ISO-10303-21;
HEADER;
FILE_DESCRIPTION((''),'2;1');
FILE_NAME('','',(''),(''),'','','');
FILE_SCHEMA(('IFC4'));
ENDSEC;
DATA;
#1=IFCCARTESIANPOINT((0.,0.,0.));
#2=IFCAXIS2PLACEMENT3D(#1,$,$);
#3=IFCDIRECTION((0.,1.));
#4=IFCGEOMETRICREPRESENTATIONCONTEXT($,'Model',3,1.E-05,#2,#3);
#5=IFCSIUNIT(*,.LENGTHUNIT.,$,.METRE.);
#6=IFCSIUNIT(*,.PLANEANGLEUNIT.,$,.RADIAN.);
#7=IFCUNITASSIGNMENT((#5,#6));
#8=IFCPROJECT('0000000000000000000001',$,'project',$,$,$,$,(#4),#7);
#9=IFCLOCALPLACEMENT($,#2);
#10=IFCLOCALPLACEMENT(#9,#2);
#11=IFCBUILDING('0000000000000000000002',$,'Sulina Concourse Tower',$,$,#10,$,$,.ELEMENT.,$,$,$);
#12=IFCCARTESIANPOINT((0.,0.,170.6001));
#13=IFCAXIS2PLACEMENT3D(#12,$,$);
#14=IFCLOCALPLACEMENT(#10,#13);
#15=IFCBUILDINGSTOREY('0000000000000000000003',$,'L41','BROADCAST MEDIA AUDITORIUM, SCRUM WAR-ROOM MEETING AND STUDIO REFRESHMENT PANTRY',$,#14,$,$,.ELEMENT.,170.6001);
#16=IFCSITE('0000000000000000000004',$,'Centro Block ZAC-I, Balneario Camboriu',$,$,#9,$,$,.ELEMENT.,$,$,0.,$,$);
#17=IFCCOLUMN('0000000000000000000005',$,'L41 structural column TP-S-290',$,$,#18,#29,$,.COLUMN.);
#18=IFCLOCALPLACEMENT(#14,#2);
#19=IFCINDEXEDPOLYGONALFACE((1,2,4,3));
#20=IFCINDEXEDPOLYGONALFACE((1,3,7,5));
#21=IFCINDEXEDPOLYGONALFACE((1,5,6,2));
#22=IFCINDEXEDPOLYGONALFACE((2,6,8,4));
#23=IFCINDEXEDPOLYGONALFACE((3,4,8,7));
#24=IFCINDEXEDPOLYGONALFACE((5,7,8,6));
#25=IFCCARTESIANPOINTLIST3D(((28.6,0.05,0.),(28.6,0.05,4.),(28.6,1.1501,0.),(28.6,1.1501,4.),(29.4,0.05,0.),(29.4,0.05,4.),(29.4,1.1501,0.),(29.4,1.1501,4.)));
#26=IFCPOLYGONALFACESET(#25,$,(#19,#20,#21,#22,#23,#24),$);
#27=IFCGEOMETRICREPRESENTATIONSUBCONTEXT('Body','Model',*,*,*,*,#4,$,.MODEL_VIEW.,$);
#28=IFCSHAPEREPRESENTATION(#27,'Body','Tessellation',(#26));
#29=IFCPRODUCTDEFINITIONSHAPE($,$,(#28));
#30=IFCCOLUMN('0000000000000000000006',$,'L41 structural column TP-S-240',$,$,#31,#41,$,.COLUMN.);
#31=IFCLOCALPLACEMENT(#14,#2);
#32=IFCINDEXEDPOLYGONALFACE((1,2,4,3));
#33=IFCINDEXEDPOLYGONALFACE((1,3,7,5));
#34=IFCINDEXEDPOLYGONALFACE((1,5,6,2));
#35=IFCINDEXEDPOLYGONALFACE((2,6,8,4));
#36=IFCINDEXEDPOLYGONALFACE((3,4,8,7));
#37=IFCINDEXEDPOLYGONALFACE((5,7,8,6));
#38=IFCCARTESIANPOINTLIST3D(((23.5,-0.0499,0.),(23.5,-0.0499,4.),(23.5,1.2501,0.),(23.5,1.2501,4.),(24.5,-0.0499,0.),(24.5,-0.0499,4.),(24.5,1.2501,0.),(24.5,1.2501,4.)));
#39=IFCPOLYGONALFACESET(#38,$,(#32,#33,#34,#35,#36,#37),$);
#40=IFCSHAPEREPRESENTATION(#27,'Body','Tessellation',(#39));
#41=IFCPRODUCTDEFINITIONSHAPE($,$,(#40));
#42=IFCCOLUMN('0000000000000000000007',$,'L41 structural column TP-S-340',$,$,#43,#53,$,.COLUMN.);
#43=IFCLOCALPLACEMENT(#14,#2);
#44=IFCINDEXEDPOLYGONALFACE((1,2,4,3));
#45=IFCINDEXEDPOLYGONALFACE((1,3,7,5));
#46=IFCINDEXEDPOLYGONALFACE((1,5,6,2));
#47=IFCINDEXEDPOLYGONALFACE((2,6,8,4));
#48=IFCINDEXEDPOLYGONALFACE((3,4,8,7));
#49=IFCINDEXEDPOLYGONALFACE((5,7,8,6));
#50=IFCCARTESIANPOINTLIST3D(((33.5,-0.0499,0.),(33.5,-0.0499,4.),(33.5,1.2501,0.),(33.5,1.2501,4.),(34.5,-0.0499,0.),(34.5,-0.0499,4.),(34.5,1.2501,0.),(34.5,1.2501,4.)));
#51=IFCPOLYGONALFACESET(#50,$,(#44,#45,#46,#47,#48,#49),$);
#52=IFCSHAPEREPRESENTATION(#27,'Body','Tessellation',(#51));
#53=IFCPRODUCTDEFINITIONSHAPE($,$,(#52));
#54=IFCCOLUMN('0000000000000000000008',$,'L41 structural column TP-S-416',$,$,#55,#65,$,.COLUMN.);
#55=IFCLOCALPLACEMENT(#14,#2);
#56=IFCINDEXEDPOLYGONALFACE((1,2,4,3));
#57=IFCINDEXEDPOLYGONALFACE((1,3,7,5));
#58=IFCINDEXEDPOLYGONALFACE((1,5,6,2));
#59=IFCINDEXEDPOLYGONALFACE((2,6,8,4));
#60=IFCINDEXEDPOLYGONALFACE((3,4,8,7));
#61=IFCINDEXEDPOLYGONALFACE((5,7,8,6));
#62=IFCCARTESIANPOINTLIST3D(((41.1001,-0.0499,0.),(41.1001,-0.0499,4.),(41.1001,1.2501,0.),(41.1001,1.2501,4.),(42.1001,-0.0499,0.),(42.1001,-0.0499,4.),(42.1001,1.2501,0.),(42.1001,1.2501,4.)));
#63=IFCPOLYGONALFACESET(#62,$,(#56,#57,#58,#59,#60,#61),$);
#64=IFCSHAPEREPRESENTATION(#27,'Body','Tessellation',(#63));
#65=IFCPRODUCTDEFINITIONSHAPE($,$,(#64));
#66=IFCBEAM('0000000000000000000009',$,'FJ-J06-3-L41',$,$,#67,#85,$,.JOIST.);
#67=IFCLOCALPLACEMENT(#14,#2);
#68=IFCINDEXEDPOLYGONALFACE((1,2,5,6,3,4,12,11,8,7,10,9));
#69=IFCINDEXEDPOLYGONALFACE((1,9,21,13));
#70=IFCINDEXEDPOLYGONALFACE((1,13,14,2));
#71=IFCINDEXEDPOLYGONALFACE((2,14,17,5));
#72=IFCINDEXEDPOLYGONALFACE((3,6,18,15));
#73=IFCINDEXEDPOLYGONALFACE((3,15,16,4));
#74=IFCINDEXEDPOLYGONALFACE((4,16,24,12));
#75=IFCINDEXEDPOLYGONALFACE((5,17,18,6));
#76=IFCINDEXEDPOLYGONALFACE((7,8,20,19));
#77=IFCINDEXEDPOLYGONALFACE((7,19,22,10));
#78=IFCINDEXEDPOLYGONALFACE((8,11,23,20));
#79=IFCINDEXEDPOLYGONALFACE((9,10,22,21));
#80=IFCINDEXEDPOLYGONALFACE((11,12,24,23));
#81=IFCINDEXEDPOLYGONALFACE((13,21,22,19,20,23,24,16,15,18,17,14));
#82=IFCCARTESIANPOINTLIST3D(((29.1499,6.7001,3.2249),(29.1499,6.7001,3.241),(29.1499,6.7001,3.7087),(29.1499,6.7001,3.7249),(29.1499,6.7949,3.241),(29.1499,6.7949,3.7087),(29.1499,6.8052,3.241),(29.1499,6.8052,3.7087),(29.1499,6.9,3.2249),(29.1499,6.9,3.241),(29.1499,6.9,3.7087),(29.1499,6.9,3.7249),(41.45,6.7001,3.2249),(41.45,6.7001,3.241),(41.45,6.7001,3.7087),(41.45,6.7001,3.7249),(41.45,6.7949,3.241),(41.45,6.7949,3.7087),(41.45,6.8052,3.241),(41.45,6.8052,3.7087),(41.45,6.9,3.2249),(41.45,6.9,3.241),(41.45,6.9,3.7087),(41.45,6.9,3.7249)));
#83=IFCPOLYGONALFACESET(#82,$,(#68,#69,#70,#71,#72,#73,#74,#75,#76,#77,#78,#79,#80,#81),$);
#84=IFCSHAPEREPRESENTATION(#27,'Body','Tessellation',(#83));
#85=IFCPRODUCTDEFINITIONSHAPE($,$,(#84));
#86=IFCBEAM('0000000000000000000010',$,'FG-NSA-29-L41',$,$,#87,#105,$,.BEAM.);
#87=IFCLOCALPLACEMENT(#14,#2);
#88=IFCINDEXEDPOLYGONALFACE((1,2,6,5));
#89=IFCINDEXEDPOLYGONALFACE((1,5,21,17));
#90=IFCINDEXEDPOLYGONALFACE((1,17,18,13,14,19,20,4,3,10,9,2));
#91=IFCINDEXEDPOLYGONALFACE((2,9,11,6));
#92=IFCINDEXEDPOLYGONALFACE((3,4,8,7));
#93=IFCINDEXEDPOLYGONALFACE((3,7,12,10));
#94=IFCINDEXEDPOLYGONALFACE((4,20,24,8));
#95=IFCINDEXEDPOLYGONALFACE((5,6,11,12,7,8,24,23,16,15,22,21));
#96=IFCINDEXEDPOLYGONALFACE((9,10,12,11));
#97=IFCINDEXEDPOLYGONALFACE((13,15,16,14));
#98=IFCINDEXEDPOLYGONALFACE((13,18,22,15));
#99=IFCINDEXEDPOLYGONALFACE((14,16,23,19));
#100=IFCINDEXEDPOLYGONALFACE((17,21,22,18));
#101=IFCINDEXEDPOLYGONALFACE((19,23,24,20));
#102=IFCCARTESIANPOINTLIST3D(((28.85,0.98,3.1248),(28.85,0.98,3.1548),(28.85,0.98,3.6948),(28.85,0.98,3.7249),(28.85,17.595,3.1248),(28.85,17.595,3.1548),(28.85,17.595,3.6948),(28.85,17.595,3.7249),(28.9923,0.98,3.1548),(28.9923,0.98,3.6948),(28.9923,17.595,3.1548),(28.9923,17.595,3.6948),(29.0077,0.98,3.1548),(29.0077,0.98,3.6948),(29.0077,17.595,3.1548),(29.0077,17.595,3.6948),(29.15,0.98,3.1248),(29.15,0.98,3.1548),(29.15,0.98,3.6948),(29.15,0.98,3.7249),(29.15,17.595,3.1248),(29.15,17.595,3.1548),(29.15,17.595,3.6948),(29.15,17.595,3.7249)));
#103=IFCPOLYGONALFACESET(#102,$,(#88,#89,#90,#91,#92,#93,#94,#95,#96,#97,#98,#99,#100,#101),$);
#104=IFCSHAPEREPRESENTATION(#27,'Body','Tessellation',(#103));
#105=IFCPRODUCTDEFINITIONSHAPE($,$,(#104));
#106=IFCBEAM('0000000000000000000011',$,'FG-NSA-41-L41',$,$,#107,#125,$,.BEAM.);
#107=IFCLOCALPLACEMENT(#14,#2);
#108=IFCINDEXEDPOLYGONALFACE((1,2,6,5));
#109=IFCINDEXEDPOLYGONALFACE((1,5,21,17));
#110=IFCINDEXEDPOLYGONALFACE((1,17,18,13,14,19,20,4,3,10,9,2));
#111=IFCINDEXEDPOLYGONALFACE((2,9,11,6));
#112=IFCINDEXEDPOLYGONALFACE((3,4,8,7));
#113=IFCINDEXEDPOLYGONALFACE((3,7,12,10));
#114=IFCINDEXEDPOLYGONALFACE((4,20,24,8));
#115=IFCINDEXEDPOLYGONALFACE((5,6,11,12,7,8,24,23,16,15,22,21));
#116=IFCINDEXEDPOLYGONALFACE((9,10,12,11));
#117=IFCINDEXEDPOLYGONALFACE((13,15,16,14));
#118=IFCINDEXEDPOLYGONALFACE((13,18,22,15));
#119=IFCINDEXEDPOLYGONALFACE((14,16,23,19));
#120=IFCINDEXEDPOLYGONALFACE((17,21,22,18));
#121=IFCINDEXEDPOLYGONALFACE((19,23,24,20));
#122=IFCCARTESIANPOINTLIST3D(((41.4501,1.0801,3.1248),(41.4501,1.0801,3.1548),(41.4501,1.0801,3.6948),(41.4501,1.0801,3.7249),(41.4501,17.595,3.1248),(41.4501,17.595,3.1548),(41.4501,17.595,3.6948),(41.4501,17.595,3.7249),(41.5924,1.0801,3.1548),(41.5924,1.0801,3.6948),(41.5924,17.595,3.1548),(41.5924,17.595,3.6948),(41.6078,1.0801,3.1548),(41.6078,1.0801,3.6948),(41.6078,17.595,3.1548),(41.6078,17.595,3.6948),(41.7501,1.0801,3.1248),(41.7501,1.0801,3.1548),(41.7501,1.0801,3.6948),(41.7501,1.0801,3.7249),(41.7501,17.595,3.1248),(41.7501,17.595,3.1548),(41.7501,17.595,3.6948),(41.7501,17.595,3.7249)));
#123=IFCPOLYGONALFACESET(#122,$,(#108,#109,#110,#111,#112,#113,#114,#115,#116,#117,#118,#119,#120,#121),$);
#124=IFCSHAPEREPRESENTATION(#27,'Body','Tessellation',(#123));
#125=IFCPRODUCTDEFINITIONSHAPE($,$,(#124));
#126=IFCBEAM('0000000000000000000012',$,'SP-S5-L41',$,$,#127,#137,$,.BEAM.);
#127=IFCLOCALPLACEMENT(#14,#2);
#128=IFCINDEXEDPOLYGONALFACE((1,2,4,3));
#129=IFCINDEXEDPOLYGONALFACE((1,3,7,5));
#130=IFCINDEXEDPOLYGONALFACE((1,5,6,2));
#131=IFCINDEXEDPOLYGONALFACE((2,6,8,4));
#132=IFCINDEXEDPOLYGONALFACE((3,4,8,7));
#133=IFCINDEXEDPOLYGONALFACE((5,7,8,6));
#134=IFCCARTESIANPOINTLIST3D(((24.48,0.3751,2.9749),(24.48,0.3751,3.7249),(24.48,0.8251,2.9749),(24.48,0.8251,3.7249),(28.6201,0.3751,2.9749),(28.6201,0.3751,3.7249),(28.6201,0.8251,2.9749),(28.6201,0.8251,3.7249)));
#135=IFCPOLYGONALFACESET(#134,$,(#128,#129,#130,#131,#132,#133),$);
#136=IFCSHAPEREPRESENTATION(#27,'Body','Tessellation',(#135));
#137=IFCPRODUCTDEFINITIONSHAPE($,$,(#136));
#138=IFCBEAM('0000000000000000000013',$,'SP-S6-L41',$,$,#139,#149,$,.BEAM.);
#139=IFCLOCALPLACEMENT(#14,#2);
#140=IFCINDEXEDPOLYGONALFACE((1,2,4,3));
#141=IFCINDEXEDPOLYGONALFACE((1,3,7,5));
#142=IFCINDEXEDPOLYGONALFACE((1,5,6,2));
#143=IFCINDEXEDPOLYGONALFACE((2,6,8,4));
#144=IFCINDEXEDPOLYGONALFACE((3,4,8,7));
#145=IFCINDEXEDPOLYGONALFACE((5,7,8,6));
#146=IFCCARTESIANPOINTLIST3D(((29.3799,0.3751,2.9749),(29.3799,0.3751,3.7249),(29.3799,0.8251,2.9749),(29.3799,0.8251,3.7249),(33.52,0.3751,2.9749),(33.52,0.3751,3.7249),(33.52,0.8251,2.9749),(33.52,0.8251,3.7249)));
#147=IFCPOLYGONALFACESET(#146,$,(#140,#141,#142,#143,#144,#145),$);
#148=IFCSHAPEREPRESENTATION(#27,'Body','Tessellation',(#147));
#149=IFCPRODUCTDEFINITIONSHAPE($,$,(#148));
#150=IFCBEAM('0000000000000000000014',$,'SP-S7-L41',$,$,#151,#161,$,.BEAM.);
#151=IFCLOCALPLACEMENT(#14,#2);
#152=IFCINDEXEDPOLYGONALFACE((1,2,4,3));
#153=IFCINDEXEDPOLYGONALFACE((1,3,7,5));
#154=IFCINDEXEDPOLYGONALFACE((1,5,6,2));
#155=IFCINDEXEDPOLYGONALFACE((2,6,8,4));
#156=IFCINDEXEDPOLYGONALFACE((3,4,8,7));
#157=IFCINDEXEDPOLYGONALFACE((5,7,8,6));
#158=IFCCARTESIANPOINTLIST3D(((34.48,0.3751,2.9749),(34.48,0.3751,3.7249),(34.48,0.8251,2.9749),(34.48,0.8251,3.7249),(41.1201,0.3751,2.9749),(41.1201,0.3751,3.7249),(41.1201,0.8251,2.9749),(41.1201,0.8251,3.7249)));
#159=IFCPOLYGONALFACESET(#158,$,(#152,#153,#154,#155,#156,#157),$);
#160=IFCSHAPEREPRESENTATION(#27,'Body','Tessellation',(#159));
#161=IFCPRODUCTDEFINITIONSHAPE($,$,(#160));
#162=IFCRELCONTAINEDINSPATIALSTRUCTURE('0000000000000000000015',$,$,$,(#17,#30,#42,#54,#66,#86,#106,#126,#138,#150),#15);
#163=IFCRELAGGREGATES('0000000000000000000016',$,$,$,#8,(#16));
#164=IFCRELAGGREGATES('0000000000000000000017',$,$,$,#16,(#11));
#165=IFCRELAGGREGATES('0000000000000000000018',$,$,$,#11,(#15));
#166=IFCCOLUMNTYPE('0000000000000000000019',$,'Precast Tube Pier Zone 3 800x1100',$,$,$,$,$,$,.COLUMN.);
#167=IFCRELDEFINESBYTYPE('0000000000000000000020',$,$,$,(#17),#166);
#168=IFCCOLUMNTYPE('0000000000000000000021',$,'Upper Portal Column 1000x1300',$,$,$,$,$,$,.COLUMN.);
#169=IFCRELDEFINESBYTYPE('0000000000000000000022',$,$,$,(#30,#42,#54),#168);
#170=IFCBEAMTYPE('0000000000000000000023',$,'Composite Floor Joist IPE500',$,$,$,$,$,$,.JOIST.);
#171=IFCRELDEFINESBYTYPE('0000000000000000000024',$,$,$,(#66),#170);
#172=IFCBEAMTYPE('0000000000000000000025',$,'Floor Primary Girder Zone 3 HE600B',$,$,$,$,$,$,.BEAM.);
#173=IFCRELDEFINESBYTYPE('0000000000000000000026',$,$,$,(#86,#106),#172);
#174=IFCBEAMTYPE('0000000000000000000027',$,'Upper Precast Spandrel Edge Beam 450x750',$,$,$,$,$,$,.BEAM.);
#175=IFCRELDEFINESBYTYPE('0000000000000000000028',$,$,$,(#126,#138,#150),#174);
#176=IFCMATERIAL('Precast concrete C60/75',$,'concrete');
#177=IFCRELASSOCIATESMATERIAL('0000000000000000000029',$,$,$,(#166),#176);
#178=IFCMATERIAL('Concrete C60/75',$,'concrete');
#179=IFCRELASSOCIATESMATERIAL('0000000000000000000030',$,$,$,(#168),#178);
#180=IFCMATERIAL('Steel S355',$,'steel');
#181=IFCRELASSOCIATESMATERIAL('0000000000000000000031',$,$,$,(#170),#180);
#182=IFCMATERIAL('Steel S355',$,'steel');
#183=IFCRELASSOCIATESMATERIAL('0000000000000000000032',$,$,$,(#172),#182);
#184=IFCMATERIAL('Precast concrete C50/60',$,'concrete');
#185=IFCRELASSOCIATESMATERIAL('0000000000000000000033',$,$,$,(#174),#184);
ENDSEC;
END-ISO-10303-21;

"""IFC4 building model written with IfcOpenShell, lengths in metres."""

from ifc_helpers import new_model, si_unit, direction, frame, origin, origin_2d, place, context, subcontext, project, spatial, rectangle, i_section, extrude, material, material_profile, profile_set, type_object, element, save


model = new_model("IFC4")

# Units and contexts
model_context = context("Model", 3, precision=1e-05, world=origin(), true_north=direction((0.0, 1.0)))
body_context = subcontext(model_context, "Body", "Model", "MODEL_VIEW")
ifc_project = project(units=[si_unit("LENGTHUNIT", "METRE"), si_unit("PLANEANGLEUNIT", "RADIAN")], contexts=[model_context])

# Site, building, storey
site_placement = place(None, origin())
site = spatial("IfcSite", under=ifc_project, at=site_placement, Name="Centro Block ZAC-I, Balneario Camboriu", CompositionType="ELEMENT", RefElevation=0.0)
building_placement = place(site_placement, origin())
building = spatial("IfcBuilding", under=site, at=building_placement, Name="Sulina Concourse Tower", CompositionType="ELEMENT")
storey_placement = place(building_placement, frame((0.0, 0.0, 170.6001)))
storey = spatial("IfcBuildingStorey", under=building, at=storey_placement, Name="L41", Description="BROADCAST MEDIA AUDITORIUM, SCRUM WAR-ROOM MEETING AND STUDIO REFRESHMENT PANTRY", CompositionType="ELEMENT", Elevation=170.6001)

# Columns
ifc_material_1 = material(Name="Precast concrete C60/75", Category="concrete")
ifc_material_profile_1 = material_profile(ifc_material_1, rectangle(XDim=0.8, YDim=1.1001, at=origin_2d()), Name="PC 800x1100")
ifc_profile_set_1 = profile_set([ifc_material_profile_1], Name="Precast concrete C60/75")
column_type_1 = type_object("IfcColumnType", Name="Precast Tube Pier Zone 3 800x1100", PredefinedType="COLUMN", material=ifc_profile_set_1)
column_placement = place(storey_placement, frame((29.0, 0.6001, 0.0), z_axis=(0.0, 0.0, 1.0), x_axis=(1.0, 0.0, 0.0)))
element("IfcColumn", 1, at=column_placement, inside=storey, type_object=column_type_1, Name="L41 structural column TP-S-290", PredefinedType="COLUMN", context=body_context, shape_type="SweptSolid", body=[
    extrude(rectangle(XDim=0.8, YDim=1.1001, at=origin_2d()), origin(), (0.0, 0.0, 1.0), 4.0),
])
ifc_material_2 = material(Name="Concrete C60/75", Category="concrete")
ifc_material_profile_2 = material_profile(ifc_material_2, rectangle(XDim=1.0, YDim=1.3, at=origin_2d()), Name="RC 1000x1300")
ifc_profile_set_2 = profile_set([ifc_material_profile_2], Name="Concrete C60/75")
column_type_2 = type_object("IfcColumnType", Name="Upper Portal Column 1000x1300", PredefinedType="COLUMN", material=ifc_profile_set_2)
for number, where, z_axis, x_axis, name in (
    (2, (24.0, 0.6001, 0.0), (0.0, 0.0, 1.0), (1.0, 0.0, 0.0), "L41 structural column TP-S-240"),
    (3, (34.0, 0.6001, 0.0), (0.0, 0.0, 1.0), (1.0, 0.0, 0.0), "L41 structural column TP-S-340"),
    (4, (41.6001, 0.6001, 0.0), (0.0, 0.0, 1.0), (1.0, 0.0, 0.0), "L41 structural column TP-S-416"),
):
    element("IfcColumn", number, at=place(storey_placement, frame(where, z_axis=z_axis, x_axis=x_axis)), inside=storey, type_object=column_type_2, Name=name, PredefinedType="COLUMN", context=body_context, shape_type="SweptSolid", body=[
        extrude(rectangle(XDim=1.0, YDim=1.3, at=origin_2d()), origin(), (0.0, 0.0, 1.0), 4.0),
    ])

# Beams
ifc_material_3 = material(Name="Steel S355", Category="steel")
ifc_material_profile_3 = material_profile(ifc_material_3, i_section(OverallWidth=0.2, OverallDepth=0.5, WebThickness=0.0103, FlangeThickness=0.0161, at=origin_2d()), Name="IPE 500")
ifc_profile_set_3 = profile_set([ifc_material_profile_3], Name="Steel S355")
beam_type_1 = type_object("IfcBeamType", Name="Composite Floor Joist IPE500", PredefinedType="JOIST", material=ifc_profile_set_3)
beam_1_placement = place(storey_placement, frame((29.1499, 6.8, 3.4749), z_axis=(1.0, 0.0, 0.0), x_axis=(0.0, 1.0, 0.0)))
element("IfcBeam", 5, at=beam_1_placement, inside=storey, type_object=beam_type_1, Name="FJ-J06-3-L41", PredefinedType="JOIST", context=body_context, shape_type="SweptSolid", body=[
    extrude(i_section(OverallWidth=0.2, OverallDepth=0.5, WebThickness=0.0103, FlangeThickness=0.0161, at=origin_2d()), origin(), (0.0, 0.0, 1.0), 12.3),
])
ifc_material_4 = material(Name="Steel S355", Category="steel")
ifc_material_profile_4 = material_profile(ifc_material_4, i_section(OverallWidth=0.3, OverallDepth=0.6001, WebThickness=0.0154, FlangeThickness=0.03, at=origin_2d()), Name="HE 600 B")
ifc_profile_set_4 = profile_set([ifc_material_profile_4], Name="Steel S355")
beam_type_2 = type_object("IfcBeamType", Name="Floor Primary Girder Zone 3 HE600B", PredefinedType="BEAM", material=ifc_profile_set_4)
beam_2_placement = place(storey_placement, frame((29.0, 0.98, 3.4248), z_axis=(0.0, 1.0, 0.0), x_axis=(-1.0, 0.0, 0.0)))
element("IfcBeam", 6, at=beam_2_placement, inside=storey, type_object=beam_type_2, Name="FG-NSA-29-L41", PredefinedType="BEAM", context=body_context, shape_type="SweptSolid", body=[
    extrude(i_section(OverallWidth=0.3, OverallDepth=0.6001, WebThickness=0.0154, FlangeThickness=0.03, at=origin_2d()), origin(), (0.0, 0.0, 1.0), 16.615),
])
beam_3_placement = place(storey_placement, frame((41.6001, 1.0801, 3.4248), z_axis=(0.0, 1.0, 0.0), x_axis=(-1.0, 0.0, 0.0)))
element("IfcBeam", 7, at=beam_3_placement, inside=storey, type_object=beam_type_2, Name="FG-NSA-41-L41", PredefinedType="BEAM", context=body_context, shape_type="SweptSolid", body=[
    extrude(i_section(OverallWidth=0.3, OverallDepth=0.6001, WebThickness=0.0154, FlangeThickness=0.03, at=origin_2d()), origin(), (0.0, 0.0, 1.0), 16.5149),
])
ifc_material_5 = material(Name="Precast concrete C50/60", Category="concrete")
ifc_material_profile_5 = material_profile(ifc_material_5, rectangle(XDim=0.45, YDim=0.75, at=origin_2d()), Name="RC 450x750")
ifc_profile_set_5 = profile_set([ifc_material_profile_5], Name="Precast concrete C50/60")
beam_type_3 = type_object("IfcBeamType", Name="Upper Precast Spandrel Edge Beam 450x750", PredefinedType="BEAM", material=ifc_profile_set_5)
for number, where, z_axis, x_axis, name in (
    (8, (24.48, 0.6001, 3.3499), (1.0, 0.0, 0.0), (0.0, 1.0, 0.0), "SP-S5-L41"),
    (9, (29.3799, 0.6001, 3.3499), (1.0, 0.0, 0.0), (0.0, 1.0, 0.0), "SP-S6-L41"),
):
    element("IfcBeam", number, at=place(storey_placement, frame(where, z_axis=z_axis, x_axis=x_axis)), inside=storey, type_object=beam_type_3, Name=name, PredefinedType="BEAM", context=body_context, shape_type="SweptSolid", body=[
        extrude(rectangle(XDim=0.45, YDim=0.75, at=origin_2d()), origin(), (0.0, 0.0, 1.0), 4.1401),
    ])
beam_4_placement = place(storey_placement, frame((34.48, 0.6001, 3.3499), z_axis=(1.0, 0.0, 0.0), x_axis=(0.0, 1.0, 0.0)))
element("IfcBeam", 10, at=beam_4_placement, inside=storey, type_object=beam_type_3, Name="SP-S7-L41", PredefinedType="BEAM", context=body_context, shape_type="SweptSolid", body=[
    extrude(rectangle(XDim=0.45, YDim=0.75, at=origin_2d()), origin(), (0.0, 0.0, 1.0), 6.6401),
])

save(model, "model.ifc")
